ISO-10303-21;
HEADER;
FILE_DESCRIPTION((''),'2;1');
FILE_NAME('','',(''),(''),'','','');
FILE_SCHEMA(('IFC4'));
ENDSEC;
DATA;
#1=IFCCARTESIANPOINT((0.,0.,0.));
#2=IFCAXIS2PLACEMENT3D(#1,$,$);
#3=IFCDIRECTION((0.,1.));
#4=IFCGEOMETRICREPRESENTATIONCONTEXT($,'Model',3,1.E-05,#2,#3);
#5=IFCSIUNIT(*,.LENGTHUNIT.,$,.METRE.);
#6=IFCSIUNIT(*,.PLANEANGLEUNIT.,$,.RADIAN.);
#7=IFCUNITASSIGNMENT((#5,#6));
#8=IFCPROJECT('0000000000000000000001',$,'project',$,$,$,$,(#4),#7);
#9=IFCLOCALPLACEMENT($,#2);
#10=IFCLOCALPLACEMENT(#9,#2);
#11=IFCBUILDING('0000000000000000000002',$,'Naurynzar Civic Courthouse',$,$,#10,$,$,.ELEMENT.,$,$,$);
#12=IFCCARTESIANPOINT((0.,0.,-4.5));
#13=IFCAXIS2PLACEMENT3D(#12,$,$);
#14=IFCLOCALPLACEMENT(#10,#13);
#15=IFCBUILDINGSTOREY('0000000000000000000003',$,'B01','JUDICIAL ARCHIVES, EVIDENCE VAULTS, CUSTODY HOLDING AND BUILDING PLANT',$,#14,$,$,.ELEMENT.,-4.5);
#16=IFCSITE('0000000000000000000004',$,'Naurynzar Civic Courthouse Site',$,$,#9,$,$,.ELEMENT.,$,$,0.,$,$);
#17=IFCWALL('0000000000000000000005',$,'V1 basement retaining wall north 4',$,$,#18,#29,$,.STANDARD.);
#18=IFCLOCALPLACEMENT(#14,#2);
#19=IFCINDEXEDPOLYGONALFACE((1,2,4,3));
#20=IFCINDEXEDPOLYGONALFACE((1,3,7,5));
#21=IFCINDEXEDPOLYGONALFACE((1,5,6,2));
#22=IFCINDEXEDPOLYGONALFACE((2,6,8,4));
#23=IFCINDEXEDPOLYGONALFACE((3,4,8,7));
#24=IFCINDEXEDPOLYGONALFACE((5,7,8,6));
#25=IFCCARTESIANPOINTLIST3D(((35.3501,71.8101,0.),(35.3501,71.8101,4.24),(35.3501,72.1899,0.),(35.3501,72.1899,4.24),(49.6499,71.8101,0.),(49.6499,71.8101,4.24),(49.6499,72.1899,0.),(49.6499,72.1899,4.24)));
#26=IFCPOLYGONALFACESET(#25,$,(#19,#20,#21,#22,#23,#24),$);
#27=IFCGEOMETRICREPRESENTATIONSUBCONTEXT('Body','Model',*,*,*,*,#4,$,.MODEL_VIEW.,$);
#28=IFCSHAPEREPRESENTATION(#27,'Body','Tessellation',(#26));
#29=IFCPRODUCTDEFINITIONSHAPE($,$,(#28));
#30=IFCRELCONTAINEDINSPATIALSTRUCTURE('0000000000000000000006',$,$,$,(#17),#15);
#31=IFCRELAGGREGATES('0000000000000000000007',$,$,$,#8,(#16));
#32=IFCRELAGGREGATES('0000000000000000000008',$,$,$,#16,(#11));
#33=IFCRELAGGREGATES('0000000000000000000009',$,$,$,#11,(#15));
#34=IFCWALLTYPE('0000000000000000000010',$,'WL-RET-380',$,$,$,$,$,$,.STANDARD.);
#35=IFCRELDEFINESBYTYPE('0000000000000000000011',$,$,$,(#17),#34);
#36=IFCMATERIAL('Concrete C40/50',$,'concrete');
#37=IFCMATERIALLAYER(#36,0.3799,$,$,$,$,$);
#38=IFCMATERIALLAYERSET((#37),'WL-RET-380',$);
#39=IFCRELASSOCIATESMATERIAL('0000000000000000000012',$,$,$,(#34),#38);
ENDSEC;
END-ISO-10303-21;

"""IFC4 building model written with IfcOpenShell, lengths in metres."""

from ifc_helpers import new_model, si_unit, direction, frame, frame_2d, origin, place, context, subcontext, project, spatial, rectangle, extrude, material, layer, layer_set, type_object, element, save


model = new_model("IFC4")

# Units and contexts
model_context = context("Model", 3, precision=1e-05, world=origin(), true_north=direction((0.0, 1.0)))
body_context = subcontext(model_context, "Body", "Model", "MODEL_VIEW")
ifc_project = project(units=[si_unit("LENGTHUNIT", "METRE"), si_unit("PLANEANGLEUNIT", "RADIAN")], contexts=[model_context])

# Site, building, storey
site_placement = place(None, origin())
site = spatial("IfcSite", under=ifc_project, at=site_placement, Name="Naurynzar Civic Courthouse Site", CompositionType="ELEMENT", RefElevation=0.0)
building_placement = place(site_placement, origin())
building = spatial("IfcBuilding", under=site, at=building_placement, Name="Naurynzar Civic Courthouse", CompositionType="ELEMENT")
storey_placement = place(building_placement, frame((0.0, 0.0, -4.5)))
storey = spatial("IfcBuildingStorey", under=building, at=storey_placement, Name="B01", Description="JUDICIAL ARCHIVES, EVIDENCE VAULTS, CUSTODY HOLDING AND BUILDING PLANT", CompositionType="ELEMENT", Elevation=-4.5)

# Wall
ifc_material_1 = material(Name="Concrete C40/50", Category="concrete")
ifc_layer_1 = layer(ifc_material_1, 0.3799)
ifc_layer_set_1 = layer_set([ifc_layer_1], Name="WL-RET-380")
wall_type_1 = type_object("IfcWallType", Name="WL-RET-380", PredefinedType="STANDARD", material=ifc_layer_set_1)
wall_1_placement = place(storey_placement, frame((35.3501, 72.0, 0.0), z_axis=(0.0, 0.0, 1.0), x_axis=(1.0, 0.0, 0.0)))
element("IfcWall", 1, at=wall_1_placement, inside=storey, type_object=wall_type_1, Name="V1 basement retaining wall north 4", PredefinedType="STANDARD", context=body_context, shape_type="SweptSolid", body=[
    extrude(rectangle(XDim=14.2998, YDim=0.3799, at=frame_2d((7.1499, 0.0))), origin(), (0.0, 0.0, 1.0), 4.24),
])

save(model, "model.ifc")
